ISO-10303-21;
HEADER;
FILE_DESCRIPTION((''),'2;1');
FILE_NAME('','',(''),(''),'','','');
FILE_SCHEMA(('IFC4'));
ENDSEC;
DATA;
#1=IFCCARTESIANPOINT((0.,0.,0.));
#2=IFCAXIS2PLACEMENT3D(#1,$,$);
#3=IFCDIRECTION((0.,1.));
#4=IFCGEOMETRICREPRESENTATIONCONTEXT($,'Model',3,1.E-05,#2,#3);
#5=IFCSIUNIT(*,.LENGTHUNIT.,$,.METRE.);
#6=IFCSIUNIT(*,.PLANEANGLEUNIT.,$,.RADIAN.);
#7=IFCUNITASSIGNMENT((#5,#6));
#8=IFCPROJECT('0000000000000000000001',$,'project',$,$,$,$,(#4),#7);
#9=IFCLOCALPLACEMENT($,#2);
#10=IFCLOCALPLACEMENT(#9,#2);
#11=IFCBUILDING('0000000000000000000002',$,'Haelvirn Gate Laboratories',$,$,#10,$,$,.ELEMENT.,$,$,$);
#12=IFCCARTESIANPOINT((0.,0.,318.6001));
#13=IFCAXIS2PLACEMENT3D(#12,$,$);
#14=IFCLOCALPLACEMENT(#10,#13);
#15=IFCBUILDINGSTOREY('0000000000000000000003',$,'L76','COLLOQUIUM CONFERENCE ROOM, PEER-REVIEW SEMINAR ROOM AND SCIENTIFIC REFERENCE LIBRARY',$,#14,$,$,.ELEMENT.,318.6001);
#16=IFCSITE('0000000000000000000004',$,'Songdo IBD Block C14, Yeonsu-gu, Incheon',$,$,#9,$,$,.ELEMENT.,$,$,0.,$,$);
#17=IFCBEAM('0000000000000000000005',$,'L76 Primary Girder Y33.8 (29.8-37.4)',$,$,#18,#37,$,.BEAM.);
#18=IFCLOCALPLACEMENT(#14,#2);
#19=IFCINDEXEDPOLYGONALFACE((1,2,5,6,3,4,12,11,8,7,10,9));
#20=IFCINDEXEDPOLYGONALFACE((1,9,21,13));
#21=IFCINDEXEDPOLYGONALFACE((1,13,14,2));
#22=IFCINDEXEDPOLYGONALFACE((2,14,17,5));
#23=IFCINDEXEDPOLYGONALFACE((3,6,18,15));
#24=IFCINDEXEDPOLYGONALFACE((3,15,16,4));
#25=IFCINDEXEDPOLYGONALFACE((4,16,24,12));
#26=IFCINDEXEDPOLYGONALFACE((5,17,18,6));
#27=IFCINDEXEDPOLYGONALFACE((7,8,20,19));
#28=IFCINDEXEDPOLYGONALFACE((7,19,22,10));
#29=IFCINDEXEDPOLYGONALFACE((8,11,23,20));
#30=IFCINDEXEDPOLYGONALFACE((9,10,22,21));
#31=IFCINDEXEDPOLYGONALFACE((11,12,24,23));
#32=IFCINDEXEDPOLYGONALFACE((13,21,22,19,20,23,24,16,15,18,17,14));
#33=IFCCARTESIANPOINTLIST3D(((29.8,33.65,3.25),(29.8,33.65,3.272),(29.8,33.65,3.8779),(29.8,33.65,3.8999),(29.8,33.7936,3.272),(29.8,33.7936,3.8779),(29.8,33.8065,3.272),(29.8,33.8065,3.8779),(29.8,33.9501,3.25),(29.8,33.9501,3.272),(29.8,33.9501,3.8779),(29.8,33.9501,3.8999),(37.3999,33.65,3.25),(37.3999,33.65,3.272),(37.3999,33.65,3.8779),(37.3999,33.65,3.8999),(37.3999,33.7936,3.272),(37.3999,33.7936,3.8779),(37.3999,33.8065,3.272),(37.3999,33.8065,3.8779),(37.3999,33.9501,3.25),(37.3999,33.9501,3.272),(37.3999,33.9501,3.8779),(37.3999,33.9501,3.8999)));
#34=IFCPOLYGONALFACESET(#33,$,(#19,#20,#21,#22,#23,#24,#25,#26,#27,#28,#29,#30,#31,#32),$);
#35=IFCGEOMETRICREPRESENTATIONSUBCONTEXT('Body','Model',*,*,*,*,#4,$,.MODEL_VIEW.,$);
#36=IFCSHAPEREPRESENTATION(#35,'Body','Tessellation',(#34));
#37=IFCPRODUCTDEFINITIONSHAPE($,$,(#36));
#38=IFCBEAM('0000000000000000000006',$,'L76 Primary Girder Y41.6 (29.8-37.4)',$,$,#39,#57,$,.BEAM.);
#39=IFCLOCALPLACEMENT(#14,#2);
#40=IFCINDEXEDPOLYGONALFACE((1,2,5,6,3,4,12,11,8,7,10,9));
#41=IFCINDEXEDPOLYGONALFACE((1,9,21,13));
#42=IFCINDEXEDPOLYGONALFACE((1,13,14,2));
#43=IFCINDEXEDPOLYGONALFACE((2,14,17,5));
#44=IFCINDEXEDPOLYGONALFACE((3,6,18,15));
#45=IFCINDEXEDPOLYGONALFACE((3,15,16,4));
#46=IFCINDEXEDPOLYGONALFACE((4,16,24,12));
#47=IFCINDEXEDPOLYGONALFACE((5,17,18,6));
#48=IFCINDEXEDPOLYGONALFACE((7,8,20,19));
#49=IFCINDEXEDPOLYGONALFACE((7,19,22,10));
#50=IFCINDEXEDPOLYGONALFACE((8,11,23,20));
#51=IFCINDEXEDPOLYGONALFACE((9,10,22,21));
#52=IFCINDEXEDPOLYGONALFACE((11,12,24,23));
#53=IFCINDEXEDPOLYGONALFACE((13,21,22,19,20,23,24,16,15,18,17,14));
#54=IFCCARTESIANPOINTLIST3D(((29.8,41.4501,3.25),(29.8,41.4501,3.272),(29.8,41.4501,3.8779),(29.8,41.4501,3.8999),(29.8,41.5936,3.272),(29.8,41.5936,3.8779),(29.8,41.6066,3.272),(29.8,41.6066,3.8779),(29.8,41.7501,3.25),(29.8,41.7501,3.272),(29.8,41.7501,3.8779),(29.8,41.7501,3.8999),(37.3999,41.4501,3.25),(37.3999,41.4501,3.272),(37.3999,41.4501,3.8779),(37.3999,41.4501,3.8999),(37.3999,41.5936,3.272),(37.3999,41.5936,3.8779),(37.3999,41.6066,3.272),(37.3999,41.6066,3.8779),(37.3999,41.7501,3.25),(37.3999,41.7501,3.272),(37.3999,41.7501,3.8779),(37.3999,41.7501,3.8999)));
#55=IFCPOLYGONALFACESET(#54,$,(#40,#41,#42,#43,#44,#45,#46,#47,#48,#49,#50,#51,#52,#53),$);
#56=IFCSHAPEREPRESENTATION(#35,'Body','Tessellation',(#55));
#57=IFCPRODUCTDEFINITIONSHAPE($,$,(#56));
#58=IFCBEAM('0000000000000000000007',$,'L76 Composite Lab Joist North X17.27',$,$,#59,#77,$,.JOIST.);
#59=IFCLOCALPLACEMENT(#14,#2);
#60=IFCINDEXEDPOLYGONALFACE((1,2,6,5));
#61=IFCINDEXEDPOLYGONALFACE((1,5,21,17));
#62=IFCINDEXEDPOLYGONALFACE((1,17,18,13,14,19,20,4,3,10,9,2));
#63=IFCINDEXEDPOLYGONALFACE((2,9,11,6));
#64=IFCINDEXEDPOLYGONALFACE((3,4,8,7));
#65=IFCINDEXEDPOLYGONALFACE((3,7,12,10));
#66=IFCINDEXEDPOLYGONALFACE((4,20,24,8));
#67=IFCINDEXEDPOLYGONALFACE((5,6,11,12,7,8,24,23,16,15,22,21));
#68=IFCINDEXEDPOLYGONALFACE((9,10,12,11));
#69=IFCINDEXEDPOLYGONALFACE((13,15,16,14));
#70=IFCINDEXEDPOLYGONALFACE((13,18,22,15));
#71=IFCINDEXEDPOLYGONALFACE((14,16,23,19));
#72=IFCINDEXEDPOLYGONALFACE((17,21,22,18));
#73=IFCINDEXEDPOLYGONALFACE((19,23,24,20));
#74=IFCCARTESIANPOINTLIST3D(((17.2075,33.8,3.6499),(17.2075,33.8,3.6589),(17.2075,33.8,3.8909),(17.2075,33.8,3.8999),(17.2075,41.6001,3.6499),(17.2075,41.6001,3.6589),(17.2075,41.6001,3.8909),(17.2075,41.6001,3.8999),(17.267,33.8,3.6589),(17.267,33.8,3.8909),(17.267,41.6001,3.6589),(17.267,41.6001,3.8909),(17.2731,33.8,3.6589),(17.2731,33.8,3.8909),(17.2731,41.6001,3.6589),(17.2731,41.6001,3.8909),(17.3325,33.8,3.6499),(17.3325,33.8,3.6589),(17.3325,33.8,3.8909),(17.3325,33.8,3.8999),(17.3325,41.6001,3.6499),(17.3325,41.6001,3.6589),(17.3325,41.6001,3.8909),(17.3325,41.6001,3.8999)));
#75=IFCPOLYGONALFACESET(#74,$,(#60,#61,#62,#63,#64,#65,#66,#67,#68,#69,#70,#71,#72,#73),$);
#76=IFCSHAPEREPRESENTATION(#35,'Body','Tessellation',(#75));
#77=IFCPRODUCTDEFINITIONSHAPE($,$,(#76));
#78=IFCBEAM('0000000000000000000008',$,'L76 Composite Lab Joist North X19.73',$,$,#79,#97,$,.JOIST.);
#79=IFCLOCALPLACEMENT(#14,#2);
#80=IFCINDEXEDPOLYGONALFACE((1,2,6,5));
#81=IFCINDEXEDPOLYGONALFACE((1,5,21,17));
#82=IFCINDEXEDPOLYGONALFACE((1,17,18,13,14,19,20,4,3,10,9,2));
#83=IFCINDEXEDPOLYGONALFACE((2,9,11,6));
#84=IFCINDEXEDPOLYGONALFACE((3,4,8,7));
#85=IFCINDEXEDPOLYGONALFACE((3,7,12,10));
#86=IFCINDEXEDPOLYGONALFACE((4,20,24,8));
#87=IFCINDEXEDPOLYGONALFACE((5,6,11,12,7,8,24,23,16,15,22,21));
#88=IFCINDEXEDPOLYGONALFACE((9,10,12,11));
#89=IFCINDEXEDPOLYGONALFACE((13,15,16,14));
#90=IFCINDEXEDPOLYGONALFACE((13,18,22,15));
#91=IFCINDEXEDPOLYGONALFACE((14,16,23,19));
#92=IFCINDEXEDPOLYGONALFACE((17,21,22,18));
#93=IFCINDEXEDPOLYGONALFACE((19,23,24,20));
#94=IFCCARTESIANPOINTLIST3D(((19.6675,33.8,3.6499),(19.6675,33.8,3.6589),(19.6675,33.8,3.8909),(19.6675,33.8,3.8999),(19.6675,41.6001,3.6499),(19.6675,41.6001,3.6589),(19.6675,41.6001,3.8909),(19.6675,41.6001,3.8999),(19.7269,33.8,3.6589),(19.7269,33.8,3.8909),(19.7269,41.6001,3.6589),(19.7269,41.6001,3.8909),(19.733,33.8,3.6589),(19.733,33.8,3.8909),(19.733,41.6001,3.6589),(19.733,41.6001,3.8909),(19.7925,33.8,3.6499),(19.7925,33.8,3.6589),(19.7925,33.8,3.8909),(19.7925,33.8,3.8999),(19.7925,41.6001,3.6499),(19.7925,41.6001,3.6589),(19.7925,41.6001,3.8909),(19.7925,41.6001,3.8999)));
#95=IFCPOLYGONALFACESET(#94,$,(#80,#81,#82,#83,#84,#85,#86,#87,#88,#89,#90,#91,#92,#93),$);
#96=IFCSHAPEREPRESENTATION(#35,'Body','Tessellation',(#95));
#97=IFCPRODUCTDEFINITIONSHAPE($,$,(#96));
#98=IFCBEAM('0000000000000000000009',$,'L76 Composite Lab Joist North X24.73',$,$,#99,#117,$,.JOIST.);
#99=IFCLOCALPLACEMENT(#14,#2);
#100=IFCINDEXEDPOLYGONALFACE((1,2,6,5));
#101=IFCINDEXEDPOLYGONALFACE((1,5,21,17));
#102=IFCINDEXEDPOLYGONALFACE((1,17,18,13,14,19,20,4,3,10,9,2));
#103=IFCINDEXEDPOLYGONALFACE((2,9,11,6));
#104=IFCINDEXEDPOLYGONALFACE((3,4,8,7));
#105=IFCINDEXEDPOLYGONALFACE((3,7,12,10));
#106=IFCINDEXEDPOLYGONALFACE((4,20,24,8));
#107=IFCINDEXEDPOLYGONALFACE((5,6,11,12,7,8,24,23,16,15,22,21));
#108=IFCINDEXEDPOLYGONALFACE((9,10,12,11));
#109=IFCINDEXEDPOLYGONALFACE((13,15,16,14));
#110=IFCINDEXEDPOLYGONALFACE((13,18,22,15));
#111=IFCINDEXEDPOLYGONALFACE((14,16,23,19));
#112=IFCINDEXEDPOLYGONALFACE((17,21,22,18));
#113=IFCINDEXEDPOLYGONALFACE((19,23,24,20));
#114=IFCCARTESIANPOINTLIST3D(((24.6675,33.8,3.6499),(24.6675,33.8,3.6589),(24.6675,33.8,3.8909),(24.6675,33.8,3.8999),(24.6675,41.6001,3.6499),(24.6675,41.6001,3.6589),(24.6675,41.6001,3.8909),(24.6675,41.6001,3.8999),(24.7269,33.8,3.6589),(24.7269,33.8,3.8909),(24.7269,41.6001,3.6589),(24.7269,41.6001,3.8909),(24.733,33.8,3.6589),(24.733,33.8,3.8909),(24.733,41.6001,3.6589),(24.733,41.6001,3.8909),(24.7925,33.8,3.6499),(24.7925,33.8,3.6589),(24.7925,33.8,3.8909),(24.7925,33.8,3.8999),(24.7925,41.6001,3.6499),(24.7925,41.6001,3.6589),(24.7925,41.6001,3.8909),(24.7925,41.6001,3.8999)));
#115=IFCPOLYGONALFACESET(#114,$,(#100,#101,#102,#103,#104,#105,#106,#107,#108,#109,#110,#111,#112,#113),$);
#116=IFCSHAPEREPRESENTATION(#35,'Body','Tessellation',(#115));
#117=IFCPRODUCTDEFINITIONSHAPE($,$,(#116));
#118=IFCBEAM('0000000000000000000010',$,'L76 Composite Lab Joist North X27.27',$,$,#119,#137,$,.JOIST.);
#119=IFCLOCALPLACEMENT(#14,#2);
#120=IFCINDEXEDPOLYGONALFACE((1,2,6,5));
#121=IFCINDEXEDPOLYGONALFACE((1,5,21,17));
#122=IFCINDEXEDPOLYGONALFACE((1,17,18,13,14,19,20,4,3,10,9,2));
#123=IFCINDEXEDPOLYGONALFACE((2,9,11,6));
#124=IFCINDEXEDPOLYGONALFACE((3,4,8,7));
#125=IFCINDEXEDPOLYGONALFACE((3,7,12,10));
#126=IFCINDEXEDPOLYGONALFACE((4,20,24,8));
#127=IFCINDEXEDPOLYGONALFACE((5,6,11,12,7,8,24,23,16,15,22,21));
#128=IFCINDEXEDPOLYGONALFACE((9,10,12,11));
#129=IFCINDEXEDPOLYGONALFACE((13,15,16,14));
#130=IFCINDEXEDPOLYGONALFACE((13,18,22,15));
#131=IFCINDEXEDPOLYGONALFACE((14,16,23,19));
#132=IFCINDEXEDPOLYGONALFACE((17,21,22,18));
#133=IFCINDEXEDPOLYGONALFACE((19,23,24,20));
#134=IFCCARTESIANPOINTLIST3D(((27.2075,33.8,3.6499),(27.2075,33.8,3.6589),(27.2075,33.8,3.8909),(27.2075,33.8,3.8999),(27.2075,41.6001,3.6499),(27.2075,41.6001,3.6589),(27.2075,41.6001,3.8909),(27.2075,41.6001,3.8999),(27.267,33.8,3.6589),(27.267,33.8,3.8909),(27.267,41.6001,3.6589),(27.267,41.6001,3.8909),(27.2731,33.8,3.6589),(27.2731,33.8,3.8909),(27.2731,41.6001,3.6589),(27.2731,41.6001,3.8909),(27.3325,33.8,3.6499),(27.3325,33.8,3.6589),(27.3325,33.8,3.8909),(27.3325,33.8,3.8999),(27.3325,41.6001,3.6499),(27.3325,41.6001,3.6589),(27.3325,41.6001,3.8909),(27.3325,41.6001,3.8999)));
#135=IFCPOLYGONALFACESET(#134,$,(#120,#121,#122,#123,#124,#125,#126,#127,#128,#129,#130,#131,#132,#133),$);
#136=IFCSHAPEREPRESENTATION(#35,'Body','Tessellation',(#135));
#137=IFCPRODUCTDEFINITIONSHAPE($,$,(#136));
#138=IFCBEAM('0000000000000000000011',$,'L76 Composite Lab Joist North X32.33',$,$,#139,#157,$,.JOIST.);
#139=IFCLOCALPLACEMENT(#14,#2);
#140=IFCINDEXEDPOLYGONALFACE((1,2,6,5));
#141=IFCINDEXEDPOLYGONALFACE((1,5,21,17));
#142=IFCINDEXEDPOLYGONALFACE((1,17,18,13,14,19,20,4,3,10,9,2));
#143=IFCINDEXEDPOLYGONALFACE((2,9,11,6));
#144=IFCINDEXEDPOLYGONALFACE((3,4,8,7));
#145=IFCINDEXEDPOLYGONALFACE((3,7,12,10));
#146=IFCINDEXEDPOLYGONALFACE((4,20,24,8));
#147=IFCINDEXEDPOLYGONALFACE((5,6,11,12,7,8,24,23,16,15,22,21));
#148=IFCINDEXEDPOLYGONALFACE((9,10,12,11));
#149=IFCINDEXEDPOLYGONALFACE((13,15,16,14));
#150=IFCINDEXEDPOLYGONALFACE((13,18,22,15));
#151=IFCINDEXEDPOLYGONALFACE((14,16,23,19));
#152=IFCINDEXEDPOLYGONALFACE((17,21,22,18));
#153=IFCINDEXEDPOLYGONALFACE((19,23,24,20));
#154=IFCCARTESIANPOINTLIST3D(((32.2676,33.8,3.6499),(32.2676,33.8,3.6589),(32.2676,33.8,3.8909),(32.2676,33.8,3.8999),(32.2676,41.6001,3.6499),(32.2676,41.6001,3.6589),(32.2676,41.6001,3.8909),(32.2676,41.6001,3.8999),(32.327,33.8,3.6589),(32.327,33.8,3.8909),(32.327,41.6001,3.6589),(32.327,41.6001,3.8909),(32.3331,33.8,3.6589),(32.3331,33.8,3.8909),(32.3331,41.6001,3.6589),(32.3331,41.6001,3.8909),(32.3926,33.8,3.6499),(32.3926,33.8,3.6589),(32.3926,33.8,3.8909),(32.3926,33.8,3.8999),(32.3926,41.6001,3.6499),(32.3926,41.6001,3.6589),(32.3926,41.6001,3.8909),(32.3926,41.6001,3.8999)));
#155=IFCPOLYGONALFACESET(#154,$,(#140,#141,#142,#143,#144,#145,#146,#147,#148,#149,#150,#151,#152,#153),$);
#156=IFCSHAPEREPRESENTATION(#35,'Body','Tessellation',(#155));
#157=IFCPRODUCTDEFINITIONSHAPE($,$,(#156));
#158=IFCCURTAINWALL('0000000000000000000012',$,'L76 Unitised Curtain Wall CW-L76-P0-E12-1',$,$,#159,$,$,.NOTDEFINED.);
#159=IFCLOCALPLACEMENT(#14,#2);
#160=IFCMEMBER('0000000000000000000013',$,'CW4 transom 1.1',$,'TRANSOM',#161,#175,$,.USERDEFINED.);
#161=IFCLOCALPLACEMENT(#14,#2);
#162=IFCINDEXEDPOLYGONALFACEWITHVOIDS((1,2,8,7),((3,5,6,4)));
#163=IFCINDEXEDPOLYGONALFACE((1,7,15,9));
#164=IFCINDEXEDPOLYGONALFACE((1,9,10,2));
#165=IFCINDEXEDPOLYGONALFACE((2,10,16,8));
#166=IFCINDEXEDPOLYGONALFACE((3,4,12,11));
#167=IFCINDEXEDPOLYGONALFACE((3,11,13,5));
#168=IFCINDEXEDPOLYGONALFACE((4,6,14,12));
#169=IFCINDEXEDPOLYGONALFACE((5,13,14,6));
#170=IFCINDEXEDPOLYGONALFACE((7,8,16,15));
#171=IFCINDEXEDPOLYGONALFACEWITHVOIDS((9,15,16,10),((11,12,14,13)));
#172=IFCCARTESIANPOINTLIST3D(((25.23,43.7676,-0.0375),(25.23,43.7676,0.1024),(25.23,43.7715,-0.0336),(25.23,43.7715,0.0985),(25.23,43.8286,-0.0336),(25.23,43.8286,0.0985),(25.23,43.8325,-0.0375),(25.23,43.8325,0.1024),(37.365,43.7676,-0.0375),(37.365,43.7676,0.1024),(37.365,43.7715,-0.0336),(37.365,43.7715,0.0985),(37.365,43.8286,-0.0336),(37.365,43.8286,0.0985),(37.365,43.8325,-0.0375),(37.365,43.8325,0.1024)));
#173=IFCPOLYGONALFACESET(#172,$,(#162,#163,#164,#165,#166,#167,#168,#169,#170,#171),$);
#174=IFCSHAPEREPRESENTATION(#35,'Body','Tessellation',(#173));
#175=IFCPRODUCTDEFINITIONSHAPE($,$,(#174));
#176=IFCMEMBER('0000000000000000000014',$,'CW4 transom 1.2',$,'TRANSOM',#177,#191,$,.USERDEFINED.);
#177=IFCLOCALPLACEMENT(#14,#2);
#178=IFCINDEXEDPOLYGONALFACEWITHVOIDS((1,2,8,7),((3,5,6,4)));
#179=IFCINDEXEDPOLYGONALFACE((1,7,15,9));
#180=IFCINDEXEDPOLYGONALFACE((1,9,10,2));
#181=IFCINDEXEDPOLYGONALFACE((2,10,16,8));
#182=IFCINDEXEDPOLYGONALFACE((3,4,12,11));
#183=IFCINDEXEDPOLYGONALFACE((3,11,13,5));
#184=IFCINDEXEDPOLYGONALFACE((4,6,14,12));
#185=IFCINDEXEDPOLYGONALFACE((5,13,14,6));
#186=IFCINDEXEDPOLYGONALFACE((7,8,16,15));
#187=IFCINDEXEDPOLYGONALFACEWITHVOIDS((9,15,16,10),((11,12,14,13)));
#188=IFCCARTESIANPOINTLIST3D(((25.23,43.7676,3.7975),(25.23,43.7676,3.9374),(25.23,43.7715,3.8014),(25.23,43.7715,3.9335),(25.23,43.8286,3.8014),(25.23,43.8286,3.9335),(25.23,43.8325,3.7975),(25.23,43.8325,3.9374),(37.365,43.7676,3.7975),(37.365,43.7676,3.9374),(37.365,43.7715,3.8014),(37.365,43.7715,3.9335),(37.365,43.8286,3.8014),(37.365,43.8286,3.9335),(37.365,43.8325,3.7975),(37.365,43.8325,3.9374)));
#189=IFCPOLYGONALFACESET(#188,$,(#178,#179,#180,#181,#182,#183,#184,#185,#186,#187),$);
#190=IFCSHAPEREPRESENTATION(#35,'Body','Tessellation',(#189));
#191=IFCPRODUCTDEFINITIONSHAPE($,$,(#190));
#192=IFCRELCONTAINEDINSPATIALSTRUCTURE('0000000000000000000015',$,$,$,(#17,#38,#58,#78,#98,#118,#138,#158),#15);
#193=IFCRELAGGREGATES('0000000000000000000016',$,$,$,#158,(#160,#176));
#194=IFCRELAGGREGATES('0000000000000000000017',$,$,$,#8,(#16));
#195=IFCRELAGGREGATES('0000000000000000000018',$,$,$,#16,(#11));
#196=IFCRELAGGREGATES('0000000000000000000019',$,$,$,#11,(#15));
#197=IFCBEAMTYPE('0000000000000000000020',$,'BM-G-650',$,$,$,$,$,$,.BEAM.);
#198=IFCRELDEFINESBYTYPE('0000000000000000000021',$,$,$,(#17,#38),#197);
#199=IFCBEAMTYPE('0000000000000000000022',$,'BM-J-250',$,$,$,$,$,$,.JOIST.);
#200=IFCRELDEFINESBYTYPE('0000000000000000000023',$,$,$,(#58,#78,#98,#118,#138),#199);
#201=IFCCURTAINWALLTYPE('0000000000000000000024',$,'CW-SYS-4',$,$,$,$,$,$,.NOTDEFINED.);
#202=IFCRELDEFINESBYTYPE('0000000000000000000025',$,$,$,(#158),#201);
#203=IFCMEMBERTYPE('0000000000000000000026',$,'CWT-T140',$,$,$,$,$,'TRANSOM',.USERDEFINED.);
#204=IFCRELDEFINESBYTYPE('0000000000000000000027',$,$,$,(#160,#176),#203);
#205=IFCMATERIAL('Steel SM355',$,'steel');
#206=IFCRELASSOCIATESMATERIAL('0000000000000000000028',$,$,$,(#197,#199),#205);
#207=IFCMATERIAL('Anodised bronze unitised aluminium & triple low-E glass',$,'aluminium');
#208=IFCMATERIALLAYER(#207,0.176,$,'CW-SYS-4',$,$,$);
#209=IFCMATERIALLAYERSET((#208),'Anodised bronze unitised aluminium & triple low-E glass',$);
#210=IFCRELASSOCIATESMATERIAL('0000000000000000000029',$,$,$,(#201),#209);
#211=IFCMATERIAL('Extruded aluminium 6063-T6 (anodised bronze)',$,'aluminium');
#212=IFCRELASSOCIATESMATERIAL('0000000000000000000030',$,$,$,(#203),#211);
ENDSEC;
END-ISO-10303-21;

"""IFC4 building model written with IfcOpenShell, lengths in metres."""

from ifc_helpers import new_model, si_unit, direction, frame, origin, origin_2d, place, context, subcontext, project, spatial, hollow_rectangle, i_section, extrude, source, transform, mapped, material, layer, layer_set, material_profile, profile_set, type_object, type_shapes, element, aggregate, save


model = new_model("IFC4")

# Units and contexts
model_context = context("Model", 3, precision=1e-05, world=origin(), true_north=direction((0.0, 1.0)))
body_context = subcontext(model_context, "Body", "Model", "MODEL_VIEW")
ifc_project = project(units=[si_unit("LENGTHUNIT", "METRE"), si_unit("PLANEANGLEUNIT", "RADIAN")], contexts=[model_context])

# Site, building, storey
site_placement = place(None, origin())
site = spatial("IfcSite", under=ifc_project, at=site_placement, Name="Songdo IBD Block C14, Yeonsu-gu, Incheon", CompositionType="ELEMENT", RefElevation=0.0)
building_placement = place(site_placement, origin())
building = spatial("IfcBuilding", under=site, at=building_placement, Name="Haelvirn Gate Laboratories", CompositionType="ELEMENT")
storey_placement = place(building_placement, frame((0.0, 0.0, 318.6001)))
storey = spatial("IfcBuildingStorey", under=building, at=storey_placement, Name="L76", Description="COLLOQUIUM CONFERENCE ROOM, PEER-REVIEW SEMINAR ROOM AND SCIENTIFIC REFERENCE LIBRARY", CompositionType="ELEMENT", Elevation=318.6001)

# Shared definitions
ifc_material_1 = material(Name="Steel SM355", Category="steel")

# Beams
ifc_material_profile_1 = material_profile(ifc_material_1, i_section(OverallWidth=0.3, OverallDepth=0.6499, WebThickness=0.0129, FlangeThickness=0.022, at=origin_2d()), Name="H-650x300x13x22")
ifc_profile_set_1 = profile_set([ifc_material_profile_1], Name="Steel SM355")
beam_type_1 = type_object("IfcBeamType", Name="BM-G-650", PredefinedType="BEAM", material=ifc_profile_set_1)
shared_shape_1 = source(origin(), body_context, "Body", "SweptSolid", [
    extrude(i_section(OverallWidth=0.3, OverallDepth=0.6499, WebThickness=0.0129, FlangeThickness=0.022, at=origin_2d()), origin(), (0.0, 0.0, 1.0), 7.5999),
])
for number, where, z_axis, x_axis, name in (
    (1, (29.8, 33.8, 3.575), (1.0, 0.0, 0.0), (0.0, 1.0, 0.0), "L76 Primary Girder Y33.8 (29.8-37.4)"),
    (2, (29.8, 41.6001, 3.575), (1.0, 0.0, 0.0), (0.0, 1.0, 0.0), "L76 Primary Girder Y41.6 (29.8-37.4)"),
):
    element("IfcBeam", number, at=place(storey_placement, frame(where, z_axis=z_axis, x_axis=x_axis)), inside=storey, type_object=beam_type_1, Name=name, PredefinedType="BEAM", context=body_context, shape_type="MappedRepresentation", body=[
        mapped(shared_shape_1, transform((0.0, 0.0, 0.0), scale=1.0)),
    ])
ifc_material_profile_2 = material_profile(ifc_material_1, i_section(OverallWidth=0.125, OverallDepth=0.25, WebThickness=0.0061, FlangeThickness=0.009, at=origin_2d()), Name="H-250x125x6x9")
ifc_profile_set_2 = profile_set([ifc_material_profile_2], Name="Steel SM355")
beam_type_2 = type_object("IfcBeamType", Name="BM-J-250", PredefinedType="JOIST", material=ifc_profile_set_2)
shared_shape_2 = source(origin(), body_context, "Body", "SweptSolid", [
    extrude(i_section(OverallWidth=0.125, OverallDepth=0.25, WebThickness=0.0061, FlangeThickness=0.009, at=origin_2d()), origin(), (0.0, 0.0, 1.0), 7.8),
])
type_shapes(beam_type_2, [shared_shape_2])
for number, where, z_axis, x_axis, name in (
    (3, (17.27, 33.8, 3.7749), (0.0, 1.0, 0.0), (-1.0, 0.0, 0.0), "L76 Composite Lab Joist North X17.27"),
    (4, (19.73, 33.8, 3.7749), (0.0, 1.0, 0.0), (-1.0, 0.0, 0.0), "L76 Composite Lab Joist North X19.73"),
    (5, (24.73, 33.8, 3.7749), (0.0, 1.0, 0.0), (-1.0, 0.0, 0.0), "L76 Composite Lab Joist North X24.73"),
    (6, (27.27, 33.8, 3.7749), (0.0, 1.0, 0.0), (-1.0, 0.0, 0.0), "L76 Composite Lab Joist North X27.27"),
    (7, (32.3301, 33.8, 3.7749), (0.0, 1.0, 0.0), (-1.0, 0.0, 0.0), "L76 Composite Lab Joist North X32.33"),
):
    element("IfcBeam", number, at=place(storey_placement, frame(where, z_axis=z_axis, x_axis=x_axis)), inside=storey, type_object=beam_type_2, Name=name, PredefinedType="JOIST", context=body_context, shape_type="MappedRepresentation", body=[
        mapped(shared_shape_2, transform((0.0, 0.0, 0.0), scale=1.0)),
    ])

# Curtain wall, members
ifc_material_2 = material(Name="Anodised bronze unitised aluminium & triple low-E glass", Category="aluminium")
ifc_layer_1 = layer(ifc_material_2, 0.176, Name="CW-SYS-4")
ifc_layer_set_1 = layer_set([ifc_layer_1], Name="Anodised bronze unitised aluminium & triple low-E glass")
curtain_wall_type = type_object("IfcCurtainWallType", Name="CW-SYS-4", PredefinedType="NOTDEFINED", material=ifc_layer_set_1)
curtain_wall_1_placement = place(storey_placement, origin())
curtain_wall_1 = element("IfcCurtainWall", 8, at=curtain_wall_1_placement, inside=storey, type_object=curtain_wall_type, Name="L76 Unitised Curtain Wall CW-L76-P0-E12-1", PredefinedType="NOTDEFINED")
ifc_material_3 = material(Name="Extruded aluminium 6063-T6 (anodised bronze)", Category="aluminium")
ifc_material_profile_3 = material_profile(ifc_material_3, hollow_rectangle(XDim=0.0649, YDim=0.1399, WallThickness=0.0039, at=origin_2d()), Name="CWT-140x65x4")
ifc_profile_set_3 = profile_set([ifc_material_profile_3], Name="Extruded aluminium 6063-T6 (anodised bronze)")
member_type_1 = type_object("IfcMemberType", Name="CWT-T140", ElementType="TRANSOM", PredefinedType="USERDEFINED", material=ifc_profile_set_3)
shared_shape_3 = source(origin(), body_context, "Body", "SweptSolid", [
    extrude(hollow_rectangle(XDim=0.0649, YDim=0.1399, WallThickness=0.0039, at=origin_2d()), origin(), (0.0, 0.0, 1.0), 12.135),
])
member_1_placement = place(storey_placement, frame((25.23, 43.8, 0.0325), z_axis=(1.0, 0.0, 0.0), x_axis=(0.0, 1.0, 0.0)))
member_1 = element("IfcMember", 9, at=member_1_placement, type_object=member_type_1, Name="CW4 transom 1.1", ObjectType="TRANSOM", PredefinedType="USERDEFINED", context=body_context, shape_type="MappedRepresentation", body=[
    mapped(shared_shape_3, transform((0.0, 0.0, 0.0), scale=1.0)),
])
member_2_placement = place(storey_placement, frame((25.23, 43.8, 3.8674), z_axis=(1.0, 0.0, 0.0), x_axis=(0.0, 1.0, 0.0)))
member_2 = element("IfcMember", 10, at=member_2_placement, type_object=member_type_1, Name="CW4 transom 1.2", ObjectType="TRANSOM", PredefinedType="USERDEFINED", context=body_context, shape_type="MappedRepresentation", body=[
    mapped(shared_shape_3, transform((0.0, 0.0, 0.0), scale=1.0)),
])

aggregate(curtain_wall_1, [member_1, member_2])

save(model, "model.ifc")
